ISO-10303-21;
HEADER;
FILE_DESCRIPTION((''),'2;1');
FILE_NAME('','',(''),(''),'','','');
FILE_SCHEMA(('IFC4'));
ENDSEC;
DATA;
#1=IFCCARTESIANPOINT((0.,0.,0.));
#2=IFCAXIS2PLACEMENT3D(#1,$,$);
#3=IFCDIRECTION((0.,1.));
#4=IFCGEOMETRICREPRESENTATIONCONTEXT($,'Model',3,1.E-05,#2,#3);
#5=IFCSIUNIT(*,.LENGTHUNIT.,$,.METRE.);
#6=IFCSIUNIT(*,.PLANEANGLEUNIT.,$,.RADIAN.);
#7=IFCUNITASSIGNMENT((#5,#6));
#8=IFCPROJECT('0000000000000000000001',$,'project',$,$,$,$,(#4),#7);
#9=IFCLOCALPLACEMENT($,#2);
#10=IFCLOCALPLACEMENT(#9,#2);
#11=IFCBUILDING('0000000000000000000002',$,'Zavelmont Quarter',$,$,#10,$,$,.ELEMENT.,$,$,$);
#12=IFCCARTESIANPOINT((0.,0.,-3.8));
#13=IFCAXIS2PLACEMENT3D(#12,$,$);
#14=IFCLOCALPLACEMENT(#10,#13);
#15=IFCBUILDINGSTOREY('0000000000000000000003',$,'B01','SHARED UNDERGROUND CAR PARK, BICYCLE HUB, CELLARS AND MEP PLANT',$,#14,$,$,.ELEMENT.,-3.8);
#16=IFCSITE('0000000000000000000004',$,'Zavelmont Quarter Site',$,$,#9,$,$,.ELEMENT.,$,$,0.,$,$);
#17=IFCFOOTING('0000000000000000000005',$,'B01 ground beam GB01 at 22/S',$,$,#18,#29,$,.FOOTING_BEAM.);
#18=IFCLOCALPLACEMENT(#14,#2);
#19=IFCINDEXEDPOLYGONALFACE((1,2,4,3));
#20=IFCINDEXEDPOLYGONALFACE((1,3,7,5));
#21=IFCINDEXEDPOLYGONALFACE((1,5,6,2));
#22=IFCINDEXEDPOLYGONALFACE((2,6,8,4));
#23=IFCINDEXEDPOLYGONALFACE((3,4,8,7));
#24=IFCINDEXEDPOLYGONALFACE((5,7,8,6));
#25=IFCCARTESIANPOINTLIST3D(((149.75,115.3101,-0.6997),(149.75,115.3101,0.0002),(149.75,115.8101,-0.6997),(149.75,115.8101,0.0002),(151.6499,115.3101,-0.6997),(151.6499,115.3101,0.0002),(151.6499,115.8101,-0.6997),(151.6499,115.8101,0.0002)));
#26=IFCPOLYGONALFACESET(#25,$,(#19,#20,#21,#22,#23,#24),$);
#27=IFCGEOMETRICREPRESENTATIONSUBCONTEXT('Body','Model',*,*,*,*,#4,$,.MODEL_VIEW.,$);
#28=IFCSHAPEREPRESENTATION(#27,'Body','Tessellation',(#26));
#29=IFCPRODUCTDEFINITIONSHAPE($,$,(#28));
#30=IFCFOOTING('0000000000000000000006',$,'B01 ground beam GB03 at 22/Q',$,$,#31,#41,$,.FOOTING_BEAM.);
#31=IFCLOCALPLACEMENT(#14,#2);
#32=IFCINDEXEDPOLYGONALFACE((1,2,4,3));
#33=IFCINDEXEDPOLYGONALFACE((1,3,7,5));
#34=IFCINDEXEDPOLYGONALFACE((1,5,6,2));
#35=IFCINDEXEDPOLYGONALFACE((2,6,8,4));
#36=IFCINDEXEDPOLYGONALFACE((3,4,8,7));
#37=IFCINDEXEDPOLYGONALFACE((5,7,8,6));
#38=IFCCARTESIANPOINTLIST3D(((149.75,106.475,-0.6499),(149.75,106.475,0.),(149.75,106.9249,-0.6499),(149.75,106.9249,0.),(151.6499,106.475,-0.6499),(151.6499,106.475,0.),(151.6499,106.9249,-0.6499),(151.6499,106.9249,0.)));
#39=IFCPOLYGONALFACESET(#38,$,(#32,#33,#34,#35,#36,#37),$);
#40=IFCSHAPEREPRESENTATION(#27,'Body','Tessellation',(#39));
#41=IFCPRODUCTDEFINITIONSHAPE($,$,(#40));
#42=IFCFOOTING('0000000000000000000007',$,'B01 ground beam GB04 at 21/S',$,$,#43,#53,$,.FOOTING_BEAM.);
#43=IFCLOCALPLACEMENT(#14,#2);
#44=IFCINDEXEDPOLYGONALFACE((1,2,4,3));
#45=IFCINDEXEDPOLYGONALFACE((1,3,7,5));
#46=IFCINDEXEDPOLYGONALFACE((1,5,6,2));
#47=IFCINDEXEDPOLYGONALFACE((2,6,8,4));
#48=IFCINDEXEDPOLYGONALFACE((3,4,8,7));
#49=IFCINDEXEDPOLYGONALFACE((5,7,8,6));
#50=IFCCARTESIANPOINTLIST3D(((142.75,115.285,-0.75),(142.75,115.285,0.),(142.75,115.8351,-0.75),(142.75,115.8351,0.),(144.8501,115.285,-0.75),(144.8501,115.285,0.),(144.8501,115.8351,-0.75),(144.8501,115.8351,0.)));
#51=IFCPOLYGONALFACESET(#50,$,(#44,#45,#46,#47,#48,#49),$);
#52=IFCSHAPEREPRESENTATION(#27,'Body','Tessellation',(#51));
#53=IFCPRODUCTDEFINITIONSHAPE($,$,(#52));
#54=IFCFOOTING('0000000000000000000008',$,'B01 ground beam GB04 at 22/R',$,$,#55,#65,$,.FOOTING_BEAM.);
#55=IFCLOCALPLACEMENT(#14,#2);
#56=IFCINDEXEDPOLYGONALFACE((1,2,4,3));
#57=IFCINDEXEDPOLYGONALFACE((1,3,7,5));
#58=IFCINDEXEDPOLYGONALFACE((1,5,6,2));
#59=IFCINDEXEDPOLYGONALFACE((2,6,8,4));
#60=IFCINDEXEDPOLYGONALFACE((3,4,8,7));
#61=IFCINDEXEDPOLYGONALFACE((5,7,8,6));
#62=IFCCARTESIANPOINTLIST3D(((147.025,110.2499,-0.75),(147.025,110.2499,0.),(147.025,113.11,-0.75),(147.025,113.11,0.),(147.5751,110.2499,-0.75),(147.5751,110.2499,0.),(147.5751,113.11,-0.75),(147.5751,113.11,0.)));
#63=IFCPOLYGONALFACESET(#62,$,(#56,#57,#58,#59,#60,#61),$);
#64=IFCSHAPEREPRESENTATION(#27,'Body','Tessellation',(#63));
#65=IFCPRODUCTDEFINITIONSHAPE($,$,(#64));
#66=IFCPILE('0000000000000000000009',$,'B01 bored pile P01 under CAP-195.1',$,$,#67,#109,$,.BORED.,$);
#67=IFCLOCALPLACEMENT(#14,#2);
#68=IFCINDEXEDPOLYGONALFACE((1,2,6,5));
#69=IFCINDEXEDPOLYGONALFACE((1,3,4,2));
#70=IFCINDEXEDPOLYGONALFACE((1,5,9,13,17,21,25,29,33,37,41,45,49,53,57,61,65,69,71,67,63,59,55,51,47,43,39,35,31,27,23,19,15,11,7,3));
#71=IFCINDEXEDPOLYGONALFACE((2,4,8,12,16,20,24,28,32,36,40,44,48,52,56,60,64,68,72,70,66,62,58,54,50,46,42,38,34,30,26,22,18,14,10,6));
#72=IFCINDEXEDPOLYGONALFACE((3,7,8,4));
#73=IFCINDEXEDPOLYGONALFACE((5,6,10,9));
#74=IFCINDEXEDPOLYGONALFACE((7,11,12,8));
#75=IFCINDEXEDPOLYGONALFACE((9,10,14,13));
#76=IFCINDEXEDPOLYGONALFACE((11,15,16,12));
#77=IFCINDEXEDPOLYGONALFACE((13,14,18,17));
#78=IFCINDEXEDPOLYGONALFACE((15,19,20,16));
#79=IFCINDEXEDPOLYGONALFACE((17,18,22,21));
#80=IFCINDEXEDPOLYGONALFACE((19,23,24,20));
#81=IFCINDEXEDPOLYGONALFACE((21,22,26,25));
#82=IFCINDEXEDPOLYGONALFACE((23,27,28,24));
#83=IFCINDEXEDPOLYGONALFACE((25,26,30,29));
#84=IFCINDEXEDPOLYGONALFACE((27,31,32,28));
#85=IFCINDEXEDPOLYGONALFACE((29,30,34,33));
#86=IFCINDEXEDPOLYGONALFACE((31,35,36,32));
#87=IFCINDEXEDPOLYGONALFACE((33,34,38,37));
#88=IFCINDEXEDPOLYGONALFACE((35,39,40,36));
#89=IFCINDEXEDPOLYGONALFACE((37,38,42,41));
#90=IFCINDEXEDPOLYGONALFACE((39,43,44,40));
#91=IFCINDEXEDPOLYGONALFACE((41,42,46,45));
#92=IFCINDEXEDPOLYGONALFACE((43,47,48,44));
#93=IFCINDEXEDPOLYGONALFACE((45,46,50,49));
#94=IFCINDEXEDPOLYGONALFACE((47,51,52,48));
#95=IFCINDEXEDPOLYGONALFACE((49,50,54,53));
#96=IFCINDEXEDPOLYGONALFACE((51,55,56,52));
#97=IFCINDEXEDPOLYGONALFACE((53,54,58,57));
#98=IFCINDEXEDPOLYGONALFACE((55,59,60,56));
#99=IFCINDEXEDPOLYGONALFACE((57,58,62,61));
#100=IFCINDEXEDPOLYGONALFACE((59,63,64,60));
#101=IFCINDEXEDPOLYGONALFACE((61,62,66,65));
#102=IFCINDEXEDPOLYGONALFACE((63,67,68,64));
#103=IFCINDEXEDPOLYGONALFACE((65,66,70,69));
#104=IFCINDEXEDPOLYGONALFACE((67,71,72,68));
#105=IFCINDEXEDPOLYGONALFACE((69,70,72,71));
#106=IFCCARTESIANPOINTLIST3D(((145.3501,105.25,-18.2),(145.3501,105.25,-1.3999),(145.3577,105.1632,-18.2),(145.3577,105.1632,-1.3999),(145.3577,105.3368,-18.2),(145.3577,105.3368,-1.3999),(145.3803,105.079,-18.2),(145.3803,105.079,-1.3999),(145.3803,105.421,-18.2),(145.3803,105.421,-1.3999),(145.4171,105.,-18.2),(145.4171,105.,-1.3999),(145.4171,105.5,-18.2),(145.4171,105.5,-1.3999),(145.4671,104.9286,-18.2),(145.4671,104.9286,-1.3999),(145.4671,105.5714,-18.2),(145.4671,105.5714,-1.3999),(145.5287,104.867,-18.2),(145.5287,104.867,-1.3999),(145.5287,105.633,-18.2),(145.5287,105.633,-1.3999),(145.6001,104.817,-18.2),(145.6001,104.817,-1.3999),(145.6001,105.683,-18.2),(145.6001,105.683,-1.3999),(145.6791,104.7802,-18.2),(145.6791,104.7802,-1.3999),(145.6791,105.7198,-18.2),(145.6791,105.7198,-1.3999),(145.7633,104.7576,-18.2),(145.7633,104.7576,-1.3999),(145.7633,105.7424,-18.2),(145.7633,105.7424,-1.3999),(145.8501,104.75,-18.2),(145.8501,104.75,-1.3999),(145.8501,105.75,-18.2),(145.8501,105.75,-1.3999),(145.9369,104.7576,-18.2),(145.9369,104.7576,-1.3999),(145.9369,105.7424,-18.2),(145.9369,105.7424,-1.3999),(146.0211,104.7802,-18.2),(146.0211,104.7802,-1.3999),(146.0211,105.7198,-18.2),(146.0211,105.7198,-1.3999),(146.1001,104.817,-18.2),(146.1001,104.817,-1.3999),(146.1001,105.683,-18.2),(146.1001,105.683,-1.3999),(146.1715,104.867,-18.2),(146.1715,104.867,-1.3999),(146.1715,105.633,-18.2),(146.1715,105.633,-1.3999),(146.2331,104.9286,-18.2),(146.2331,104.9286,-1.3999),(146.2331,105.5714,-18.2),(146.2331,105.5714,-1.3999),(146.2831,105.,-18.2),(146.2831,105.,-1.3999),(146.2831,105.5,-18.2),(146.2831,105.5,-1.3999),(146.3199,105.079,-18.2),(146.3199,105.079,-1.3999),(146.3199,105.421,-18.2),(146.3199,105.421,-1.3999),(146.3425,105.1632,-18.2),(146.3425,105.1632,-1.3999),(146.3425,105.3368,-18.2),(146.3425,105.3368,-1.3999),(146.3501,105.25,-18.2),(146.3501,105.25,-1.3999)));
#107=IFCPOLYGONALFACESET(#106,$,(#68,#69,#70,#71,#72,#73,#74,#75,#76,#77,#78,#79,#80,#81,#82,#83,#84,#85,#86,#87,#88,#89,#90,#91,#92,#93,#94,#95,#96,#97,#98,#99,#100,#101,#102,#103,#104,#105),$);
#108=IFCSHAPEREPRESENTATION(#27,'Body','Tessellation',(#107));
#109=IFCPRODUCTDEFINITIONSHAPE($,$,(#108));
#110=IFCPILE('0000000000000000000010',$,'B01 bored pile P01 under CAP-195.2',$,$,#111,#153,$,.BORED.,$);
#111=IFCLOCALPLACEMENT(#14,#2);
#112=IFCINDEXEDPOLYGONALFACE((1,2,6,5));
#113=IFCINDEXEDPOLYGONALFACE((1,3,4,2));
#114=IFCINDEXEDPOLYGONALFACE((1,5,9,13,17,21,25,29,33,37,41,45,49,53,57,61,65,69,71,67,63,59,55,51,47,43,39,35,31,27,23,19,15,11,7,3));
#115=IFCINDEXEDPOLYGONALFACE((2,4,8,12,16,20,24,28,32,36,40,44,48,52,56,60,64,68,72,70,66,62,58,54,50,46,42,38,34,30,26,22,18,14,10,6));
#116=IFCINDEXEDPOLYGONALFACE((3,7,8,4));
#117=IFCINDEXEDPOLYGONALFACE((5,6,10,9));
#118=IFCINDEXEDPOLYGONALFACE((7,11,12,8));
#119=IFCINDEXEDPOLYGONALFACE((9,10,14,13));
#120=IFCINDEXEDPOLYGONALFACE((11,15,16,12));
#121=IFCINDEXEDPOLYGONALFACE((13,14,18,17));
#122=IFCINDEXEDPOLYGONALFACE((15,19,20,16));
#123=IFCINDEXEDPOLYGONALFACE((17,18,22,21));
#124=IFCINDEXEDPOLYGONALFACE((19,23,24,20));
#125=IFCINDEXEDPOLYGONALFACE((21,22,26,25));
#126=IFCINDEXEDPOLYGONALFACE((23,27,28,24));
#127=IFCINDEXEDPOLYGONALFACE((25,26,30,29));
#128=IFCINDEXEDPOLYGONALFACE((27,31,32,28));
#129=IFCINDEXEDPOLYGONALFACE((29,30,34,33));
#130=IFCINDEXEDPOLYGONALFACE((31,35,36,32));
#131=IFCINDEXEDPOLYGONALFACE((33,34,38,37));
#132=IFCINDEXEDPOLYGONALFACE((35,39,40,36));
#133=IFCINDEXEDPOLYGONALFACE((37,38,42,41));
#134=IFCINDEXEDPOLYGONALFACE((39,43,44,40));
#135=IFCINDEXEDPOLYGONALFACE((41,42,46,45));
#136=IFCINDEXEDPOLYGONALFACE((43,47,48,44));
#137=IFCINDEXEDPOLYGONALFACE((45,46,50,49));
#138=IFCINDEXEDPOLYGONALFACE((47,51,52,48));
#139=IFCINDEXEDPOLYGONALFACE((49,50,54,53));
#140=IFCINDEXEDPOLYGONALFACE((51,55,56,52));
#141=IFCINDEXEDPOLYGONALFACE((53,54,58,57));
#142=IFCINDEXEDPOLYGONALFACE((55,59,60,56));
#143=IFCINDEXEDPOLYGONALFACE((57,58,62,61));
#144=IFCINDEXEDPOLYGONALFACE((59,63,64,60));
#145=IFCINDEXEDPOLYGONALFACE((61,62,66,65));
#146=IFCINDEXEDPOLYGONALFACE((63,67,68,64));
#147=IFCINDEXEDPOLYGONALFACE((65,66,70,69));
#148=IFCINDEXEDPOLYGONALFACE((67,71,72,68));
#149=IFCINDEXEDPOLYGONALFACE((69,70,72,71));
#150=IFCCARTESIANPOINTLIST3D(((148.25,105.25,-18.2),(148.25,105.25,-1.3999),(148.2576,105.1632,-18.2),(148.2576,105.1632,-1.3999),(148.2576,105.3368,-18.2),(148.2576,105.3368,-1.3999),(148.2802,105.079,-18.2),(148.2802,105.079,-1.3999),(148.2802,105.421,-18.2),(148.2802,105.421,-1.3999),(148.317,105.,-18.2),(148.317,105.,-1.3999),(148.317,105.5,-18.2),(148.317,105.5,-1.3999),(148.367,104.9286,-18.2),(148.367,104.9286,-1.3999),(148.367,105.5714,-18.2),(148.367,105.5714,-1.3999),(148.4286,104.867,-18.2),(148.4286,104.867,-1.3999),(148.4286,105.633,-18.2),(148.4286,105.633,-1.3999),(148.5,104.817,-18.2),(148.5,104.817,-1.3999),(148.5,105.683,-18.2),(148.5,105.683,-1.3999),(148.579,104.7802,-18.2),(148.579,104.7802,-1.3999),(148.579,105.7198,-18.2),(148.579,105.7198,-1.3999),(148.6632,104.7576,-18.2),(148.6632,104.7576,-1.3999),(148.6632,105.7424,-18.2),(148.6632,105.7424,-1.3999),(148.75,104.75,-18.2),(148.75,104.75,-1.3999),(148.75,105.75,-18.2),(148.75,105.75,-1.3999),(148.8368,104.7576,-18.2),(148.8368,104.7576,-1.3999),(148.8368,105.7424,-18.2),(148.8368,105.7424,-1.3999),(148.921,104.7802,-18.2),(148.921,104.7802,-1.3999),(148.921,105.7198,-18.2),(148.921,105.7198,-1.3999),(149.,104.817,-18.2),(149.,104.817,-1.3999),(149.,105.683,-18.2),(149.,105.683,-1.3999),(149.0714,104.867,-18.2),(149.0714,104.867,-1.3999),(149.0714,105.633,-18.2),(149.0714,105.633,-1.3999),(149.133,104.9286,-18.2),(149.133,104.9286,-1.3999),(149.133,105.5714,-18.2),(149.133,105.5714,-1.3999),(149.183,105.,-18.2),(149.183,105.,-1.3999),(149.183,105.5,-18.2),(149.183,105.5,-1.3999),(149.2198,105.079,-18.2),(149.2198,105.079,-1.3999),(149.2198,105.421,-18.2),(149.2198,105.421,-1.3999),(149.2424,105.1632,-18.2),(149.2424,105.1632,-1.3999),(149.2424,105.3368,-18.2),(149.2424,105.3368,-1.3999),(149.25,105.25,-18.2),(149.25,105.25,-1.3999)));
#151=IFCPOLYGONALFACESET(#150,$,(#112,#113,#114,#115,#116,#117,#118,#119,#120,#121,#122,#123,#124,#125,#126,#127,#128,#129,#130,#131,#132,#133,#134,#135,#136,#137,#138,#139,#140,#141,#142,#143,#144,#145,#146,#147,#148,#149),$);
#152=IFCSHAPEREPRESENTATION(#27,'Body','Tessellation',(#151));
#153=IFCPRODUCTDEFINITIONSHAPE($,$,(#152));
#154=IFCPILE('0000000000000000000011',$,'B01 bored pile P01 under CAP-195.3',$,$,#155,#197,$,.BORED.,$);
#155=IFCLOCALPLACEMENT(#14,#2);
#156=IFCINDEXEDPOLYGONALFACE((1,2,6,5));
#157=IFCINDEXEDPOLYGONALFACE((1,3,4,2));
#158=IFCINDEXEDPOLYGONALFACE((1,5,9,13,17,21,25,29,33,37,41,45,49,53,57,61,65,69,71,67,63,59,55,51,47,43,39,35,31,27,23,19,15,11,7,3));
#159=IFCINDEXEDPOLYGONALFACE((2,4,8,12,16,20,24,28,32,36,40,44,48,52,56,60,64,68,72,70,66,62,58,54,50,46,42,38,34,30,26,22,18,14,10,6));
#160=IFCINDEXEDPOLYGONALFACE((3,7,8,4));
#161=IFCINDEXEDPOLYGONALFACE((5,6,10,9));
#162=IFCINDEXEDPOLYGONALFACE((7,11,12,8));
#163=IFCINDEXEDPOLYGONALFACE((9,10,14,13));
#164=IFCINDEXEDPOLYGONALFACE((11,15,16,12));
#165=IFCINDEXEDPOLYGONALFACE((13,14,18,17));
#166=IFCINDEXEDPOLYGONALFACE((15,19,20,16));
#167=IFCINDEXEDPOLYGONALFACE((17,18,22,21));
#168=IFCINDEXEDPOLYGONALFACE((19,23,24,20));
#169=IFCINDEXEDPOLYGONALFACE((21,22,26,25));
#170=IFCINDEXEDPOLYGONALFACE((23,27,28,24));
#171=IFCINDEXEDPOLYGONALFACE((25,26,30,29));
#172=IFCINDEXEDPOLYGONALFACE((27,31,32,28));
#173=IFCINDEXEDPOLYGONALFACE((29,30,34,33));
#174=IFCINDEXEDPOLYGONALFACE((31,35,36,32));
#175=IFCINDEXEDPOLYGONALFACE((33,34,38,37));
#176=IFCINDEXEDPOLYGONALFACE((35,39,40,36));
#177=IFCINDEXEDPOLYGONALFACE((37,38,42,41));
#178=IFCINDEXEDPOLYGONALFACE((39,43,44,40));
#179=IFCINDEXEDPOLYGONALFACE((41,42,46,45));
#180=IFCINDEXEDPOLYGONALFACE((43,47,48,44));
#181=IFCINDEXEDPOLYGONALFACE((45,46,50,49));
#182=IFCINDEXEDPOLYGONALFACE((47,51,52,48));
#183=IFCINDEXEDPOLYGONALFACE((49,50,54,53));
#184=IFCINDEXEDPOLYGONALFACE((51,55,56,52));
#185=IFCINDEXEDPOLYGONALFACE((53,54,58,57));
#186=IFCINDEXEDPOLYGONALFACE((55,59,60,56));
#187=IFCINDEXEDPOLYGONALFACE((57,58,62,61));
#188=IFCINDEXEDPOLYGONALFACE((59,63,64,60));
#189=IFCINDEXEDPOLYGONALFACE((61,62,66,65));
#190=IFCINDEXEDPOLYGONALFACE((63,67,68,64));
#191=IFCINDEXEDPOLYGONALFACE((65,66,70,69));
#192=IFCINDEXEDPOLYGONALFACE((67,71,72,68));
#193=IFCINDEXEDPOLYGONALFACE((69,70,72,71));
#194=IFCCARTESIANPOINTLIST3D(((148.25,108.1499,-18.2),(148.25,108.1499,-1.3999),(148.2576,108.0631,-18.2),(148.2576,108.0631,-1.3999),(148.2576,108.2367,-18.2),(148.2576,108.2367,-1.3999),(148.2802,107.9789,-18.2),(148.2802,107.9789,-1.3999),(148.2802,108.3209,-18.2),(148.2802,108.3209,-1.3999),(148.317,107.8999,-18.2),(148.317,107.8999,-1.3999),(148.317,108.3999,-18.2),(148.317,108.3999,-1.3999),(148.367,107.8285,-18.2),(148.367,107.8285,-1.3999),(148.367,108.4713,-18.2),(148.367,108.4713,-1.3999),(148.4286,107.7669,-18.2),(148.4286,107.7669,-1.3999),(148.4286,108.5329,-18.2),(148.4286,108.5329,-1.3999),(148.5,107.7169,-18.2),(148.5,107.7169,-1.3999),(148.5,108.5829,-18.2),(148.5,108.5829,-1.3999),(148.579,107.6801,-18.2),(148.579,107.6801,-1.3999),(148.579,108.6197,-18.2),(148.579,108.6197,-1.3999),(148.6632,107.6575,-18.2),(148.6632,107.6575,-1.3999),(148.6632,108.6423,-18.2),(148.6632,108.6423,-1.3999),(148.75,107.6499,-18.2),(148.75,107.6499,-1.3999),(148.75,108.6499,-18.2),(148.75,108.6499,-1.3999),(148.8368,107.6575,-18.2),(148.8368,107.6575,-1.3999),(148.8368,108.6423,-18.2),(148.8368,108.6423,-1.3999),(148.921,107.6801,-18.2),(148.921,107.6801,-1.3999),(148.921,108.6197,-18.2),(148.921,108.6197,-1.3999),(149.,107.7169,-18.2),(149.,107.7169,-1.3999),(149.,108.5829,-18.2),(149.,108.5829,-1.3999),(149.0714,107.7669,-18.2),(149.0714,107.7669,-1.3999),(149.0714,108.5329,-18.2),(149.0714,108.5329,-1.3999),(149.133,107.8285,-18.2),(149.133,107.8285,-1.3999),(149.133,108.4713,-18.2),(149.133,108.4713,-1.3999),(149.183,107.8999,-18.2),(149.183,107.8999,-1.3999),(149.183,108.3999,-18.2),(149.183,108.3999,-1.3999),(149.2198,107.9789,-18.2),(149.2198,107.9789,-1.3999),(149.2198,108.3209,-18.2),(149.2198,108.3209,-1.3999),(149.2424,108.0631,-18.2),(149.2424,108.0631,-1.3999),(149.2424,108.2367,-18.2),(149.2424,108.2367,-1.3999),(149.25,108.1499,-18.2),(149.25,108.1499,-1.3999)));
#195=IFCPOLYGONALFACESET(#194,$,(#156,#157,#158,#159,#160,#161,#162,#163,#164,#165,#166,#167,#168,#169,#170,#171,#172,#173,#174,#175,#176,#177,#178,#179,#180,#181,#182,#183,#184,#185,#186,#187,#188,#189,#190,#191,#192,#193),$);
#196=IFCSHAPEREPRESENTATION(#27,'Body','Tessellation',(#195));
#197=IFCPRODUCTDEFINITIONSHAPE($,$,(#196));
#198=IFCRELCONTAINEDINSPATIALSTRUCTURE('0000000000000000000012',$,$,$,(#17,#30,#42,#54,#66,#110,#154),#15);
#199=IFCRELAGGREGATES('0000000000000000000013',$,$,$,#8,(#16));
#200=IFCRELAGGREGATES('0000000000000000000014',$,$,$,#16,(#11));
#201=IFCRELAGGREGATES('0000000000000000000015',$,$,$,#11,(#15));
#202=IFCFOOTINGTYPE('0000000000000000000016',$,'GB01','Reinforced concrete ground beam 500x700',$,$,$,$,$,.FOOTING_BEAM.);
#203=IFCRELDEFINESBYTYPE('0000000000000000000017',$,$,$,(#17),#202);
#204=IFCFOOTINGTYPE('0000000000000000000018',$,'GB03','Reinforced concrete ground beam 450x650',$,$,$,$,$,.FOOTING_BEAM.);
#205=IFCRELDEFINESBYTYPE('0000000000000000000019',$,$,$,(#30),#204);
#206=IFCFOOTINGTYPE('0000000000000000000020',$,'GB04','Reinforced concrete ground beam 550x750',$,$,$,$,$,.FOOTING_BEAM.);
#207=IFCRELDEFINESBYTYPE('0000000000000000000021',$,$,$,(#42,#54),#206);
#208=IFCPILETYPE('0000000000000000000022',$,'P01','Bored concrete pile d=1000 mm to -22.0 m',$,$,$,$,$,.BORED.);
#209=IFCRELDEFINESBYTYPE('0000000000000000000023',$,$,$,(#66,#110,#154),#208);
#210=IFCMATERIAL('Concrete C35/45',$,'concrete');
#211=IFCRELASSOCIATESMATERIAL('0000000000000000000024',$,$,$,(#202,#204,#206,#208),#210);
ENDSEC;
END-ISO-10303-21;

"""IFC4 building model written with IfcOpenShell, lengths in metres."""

from ifc_helpers import new_model, si_unit, direction, frame, origin, origin_2d, place, context, subcontext, project, spatial, rectangle, circle, extrude, material, material_profile, profile_set, type_object, element, save


model = new_model("IFC4")

# Units and contexts
model_context = context("Model", 3, precision=1e-05, world=origin(), true_north=direction((0.0, 1.0)))
body_context = subcontext(model_context, "Body", "Model", "MODEL_VIEW")
ifc_project = project(units=[si_unit("LENGTHUNIT", "METRE"), si_unit("PLANEANGLEUNIT", "RADIAN")], contexts=[model_context])

# Site, building, storey
site_placement = place(None, origin())
site = spatial("IfcSite", under=ifc_project, at=site_placement, Name="Zavelmont Quarter Site", CompositionType="ELEMENT", RefElevation=0.0)
building_placement = place(site_placement, origin())
building = spatial("IfcBuilding", under=site, at=building_placement, Name="Zavelmont Quarter", CompositionType="ELEMENT")
storey_placement = place(building_placement, frame((0.0, 0.0, -3.8)))
storey = spatial("IfcBuildingStorey", under=building, at=storey_placement, Name="B01", Description="SHARED UNDERGROUND CAR PARK, BICYCLE HUB, CELLARS AND MEP PLANT", CompositionType="ELEMENT", Elevation=-3.8)

# Footings
ifc_material_1 = material(Name="Concrete C35/45", Category="concrete")
footing_type_1 = type_object("IfcFootingType", Name="GB01", Description="Reinforced concrete ground beam 500x700", PredefinedType="FOOTING_BEAM", material=ifc_material_1)
footing_1_placement = place(storey_placement, frame((150.7, 115.5601, -0.6997), z_axis=(0.0, 0.0, 1.0), x_axis=(1.0, 0.0, 0.0)))
element("IfcFooting", 1, at=footing_1_placement, inside=storey, type_object=footing_type_1, Name="B01 ground beam GB01 at 22/S", PredefinedType="FOOTING_BEAM", context=body_context, shape_type="SweptSolid", body=[
    extrude(rectangle(XDim=1.8999, YDim=0.5, at=origin_2d()), origin(), (0.0, 0.0, 1.0), 0.7),
])
footing_type_2 = type_object("IfcFootingType", Name="GB03", Description="Reinforced concrete ground beam 450x650", PredefinedType="FOOTING_BEAM", material=ifc_material_1)
footing_2_placement = place(storey_placement, frame((150.7, 106.7, -0.6499), z_axis=(0.0, 0.0, 1.0), x_axis=(1.0, 0.0, 0.0)))
element("IfcFooting", 2, at=footing_2_placement, inside=storey, type_object=footing_type_2, Name="B01 ground beam GB03 at 22/Q", PredefinedType="FOOTING_BEAM", context=body_context, shape_type="SweptSolid", body=[
    extrude(rectangle(XDim=1.8999, YDim=0.45, at=origin_2d()), origin(), (0.0, 0.0, 1.0), 0.6499),
])
footing_type_3 = type_object("IfcFootingType", Name="GB04", Description="Reinforced concrete ground beam 550x750", PredefinedType="FOOTING_BEAM", material=ifc_material_1)
footing_3_placement = place(storey_placement, frame((143.8, 115.5601, -0.75), z_axis=(0.0, 0.0, 1.0), x_axis=(1.0, 0.0, 0.0)))
element("IfcFooting", 3, at=footing_3_placement, inside=storey, type_object=footing_type_3, Name="B01 ground beam GB04 at 21/S", PredefinedType="FOOTING_BEAM", context=body_context, shape_type="SweptSolid", body=[
    extrude(rectangle(XDim=2.1001, YDim=0.55, at=origin_2d()), origin(), (0.0, 0.0, 1.0), 0.75),
])
footing_4_placement = place(storey_placement, frame((147.3, 111.6799, -0.75), z_axis=(0.0, 0.0, 1.0), x_axis=(0.0, 1.0, 0.0)))
element("IfcFooting", 4, at=footing_4_placement, inside=storey, type_object=footing_type_3, Name="B01 ground beam GB04 at 22/R", PredefinedType="FOOTING_BEAM", context=body_context, shape_type="SweptSolid", body=[
    extrude(rectangle(XDim=2.8601, YDim=0.55, at=origin_2d()), origin(), (0.0, 0.0, 1.0), 0.75),
])

# Piles
ifc_material_profile_1 = material_profile(ifc_material_1, circle(Radius=0.5, at=origin_2d()), Name="BP1000")
ifc_profile_set_1 = profile_set([ifc_material_profile_1], Name="Concrete C35/45")
pile_type_1 = type_object("IfcPileType", Name="P01", Description="Bored concrete pile d=1000 mm to -22.0 m", PredefinedType="BORED", material=ifc_profile_set_1)
for number, where, z_axis, x_axis, name in (
    (5, (145.8501, 105.25, -1.3999), (0.0, 0.0, -1.0), (1.0, 0.0, 0.0), "B01 bored pile P01 under CAP-195.1"),
    (6, (148.75, 105.25, -1.3999), (0.0, 0.0, -1.0), (1.0, 0.0, 0.0), "B01 bored pile P01 under CAP-195.2"),
    (7, (148.75, 108.1499, -1.3999), (0.0, 0.0, -1.0), (1.0, 0.0, 0.0), "B01 bored pile P01 under CAP-195.3"),
):
    element("IfcPile", number, at=place(storey_placement, frame(where, z_axis=z_axis, x_axis=x_axis)), inside=storey, type_object=pile_type_1, Name=name, PredefinedType="BORED", context=body_context, shape_type="SweptSolid", body=[
        extrude(circle(Radius=0.5, at=origin_2d()), origin(), (0.0, 0.0, 1.0), 16.8),
    ])

save(model, "model.ifc")
